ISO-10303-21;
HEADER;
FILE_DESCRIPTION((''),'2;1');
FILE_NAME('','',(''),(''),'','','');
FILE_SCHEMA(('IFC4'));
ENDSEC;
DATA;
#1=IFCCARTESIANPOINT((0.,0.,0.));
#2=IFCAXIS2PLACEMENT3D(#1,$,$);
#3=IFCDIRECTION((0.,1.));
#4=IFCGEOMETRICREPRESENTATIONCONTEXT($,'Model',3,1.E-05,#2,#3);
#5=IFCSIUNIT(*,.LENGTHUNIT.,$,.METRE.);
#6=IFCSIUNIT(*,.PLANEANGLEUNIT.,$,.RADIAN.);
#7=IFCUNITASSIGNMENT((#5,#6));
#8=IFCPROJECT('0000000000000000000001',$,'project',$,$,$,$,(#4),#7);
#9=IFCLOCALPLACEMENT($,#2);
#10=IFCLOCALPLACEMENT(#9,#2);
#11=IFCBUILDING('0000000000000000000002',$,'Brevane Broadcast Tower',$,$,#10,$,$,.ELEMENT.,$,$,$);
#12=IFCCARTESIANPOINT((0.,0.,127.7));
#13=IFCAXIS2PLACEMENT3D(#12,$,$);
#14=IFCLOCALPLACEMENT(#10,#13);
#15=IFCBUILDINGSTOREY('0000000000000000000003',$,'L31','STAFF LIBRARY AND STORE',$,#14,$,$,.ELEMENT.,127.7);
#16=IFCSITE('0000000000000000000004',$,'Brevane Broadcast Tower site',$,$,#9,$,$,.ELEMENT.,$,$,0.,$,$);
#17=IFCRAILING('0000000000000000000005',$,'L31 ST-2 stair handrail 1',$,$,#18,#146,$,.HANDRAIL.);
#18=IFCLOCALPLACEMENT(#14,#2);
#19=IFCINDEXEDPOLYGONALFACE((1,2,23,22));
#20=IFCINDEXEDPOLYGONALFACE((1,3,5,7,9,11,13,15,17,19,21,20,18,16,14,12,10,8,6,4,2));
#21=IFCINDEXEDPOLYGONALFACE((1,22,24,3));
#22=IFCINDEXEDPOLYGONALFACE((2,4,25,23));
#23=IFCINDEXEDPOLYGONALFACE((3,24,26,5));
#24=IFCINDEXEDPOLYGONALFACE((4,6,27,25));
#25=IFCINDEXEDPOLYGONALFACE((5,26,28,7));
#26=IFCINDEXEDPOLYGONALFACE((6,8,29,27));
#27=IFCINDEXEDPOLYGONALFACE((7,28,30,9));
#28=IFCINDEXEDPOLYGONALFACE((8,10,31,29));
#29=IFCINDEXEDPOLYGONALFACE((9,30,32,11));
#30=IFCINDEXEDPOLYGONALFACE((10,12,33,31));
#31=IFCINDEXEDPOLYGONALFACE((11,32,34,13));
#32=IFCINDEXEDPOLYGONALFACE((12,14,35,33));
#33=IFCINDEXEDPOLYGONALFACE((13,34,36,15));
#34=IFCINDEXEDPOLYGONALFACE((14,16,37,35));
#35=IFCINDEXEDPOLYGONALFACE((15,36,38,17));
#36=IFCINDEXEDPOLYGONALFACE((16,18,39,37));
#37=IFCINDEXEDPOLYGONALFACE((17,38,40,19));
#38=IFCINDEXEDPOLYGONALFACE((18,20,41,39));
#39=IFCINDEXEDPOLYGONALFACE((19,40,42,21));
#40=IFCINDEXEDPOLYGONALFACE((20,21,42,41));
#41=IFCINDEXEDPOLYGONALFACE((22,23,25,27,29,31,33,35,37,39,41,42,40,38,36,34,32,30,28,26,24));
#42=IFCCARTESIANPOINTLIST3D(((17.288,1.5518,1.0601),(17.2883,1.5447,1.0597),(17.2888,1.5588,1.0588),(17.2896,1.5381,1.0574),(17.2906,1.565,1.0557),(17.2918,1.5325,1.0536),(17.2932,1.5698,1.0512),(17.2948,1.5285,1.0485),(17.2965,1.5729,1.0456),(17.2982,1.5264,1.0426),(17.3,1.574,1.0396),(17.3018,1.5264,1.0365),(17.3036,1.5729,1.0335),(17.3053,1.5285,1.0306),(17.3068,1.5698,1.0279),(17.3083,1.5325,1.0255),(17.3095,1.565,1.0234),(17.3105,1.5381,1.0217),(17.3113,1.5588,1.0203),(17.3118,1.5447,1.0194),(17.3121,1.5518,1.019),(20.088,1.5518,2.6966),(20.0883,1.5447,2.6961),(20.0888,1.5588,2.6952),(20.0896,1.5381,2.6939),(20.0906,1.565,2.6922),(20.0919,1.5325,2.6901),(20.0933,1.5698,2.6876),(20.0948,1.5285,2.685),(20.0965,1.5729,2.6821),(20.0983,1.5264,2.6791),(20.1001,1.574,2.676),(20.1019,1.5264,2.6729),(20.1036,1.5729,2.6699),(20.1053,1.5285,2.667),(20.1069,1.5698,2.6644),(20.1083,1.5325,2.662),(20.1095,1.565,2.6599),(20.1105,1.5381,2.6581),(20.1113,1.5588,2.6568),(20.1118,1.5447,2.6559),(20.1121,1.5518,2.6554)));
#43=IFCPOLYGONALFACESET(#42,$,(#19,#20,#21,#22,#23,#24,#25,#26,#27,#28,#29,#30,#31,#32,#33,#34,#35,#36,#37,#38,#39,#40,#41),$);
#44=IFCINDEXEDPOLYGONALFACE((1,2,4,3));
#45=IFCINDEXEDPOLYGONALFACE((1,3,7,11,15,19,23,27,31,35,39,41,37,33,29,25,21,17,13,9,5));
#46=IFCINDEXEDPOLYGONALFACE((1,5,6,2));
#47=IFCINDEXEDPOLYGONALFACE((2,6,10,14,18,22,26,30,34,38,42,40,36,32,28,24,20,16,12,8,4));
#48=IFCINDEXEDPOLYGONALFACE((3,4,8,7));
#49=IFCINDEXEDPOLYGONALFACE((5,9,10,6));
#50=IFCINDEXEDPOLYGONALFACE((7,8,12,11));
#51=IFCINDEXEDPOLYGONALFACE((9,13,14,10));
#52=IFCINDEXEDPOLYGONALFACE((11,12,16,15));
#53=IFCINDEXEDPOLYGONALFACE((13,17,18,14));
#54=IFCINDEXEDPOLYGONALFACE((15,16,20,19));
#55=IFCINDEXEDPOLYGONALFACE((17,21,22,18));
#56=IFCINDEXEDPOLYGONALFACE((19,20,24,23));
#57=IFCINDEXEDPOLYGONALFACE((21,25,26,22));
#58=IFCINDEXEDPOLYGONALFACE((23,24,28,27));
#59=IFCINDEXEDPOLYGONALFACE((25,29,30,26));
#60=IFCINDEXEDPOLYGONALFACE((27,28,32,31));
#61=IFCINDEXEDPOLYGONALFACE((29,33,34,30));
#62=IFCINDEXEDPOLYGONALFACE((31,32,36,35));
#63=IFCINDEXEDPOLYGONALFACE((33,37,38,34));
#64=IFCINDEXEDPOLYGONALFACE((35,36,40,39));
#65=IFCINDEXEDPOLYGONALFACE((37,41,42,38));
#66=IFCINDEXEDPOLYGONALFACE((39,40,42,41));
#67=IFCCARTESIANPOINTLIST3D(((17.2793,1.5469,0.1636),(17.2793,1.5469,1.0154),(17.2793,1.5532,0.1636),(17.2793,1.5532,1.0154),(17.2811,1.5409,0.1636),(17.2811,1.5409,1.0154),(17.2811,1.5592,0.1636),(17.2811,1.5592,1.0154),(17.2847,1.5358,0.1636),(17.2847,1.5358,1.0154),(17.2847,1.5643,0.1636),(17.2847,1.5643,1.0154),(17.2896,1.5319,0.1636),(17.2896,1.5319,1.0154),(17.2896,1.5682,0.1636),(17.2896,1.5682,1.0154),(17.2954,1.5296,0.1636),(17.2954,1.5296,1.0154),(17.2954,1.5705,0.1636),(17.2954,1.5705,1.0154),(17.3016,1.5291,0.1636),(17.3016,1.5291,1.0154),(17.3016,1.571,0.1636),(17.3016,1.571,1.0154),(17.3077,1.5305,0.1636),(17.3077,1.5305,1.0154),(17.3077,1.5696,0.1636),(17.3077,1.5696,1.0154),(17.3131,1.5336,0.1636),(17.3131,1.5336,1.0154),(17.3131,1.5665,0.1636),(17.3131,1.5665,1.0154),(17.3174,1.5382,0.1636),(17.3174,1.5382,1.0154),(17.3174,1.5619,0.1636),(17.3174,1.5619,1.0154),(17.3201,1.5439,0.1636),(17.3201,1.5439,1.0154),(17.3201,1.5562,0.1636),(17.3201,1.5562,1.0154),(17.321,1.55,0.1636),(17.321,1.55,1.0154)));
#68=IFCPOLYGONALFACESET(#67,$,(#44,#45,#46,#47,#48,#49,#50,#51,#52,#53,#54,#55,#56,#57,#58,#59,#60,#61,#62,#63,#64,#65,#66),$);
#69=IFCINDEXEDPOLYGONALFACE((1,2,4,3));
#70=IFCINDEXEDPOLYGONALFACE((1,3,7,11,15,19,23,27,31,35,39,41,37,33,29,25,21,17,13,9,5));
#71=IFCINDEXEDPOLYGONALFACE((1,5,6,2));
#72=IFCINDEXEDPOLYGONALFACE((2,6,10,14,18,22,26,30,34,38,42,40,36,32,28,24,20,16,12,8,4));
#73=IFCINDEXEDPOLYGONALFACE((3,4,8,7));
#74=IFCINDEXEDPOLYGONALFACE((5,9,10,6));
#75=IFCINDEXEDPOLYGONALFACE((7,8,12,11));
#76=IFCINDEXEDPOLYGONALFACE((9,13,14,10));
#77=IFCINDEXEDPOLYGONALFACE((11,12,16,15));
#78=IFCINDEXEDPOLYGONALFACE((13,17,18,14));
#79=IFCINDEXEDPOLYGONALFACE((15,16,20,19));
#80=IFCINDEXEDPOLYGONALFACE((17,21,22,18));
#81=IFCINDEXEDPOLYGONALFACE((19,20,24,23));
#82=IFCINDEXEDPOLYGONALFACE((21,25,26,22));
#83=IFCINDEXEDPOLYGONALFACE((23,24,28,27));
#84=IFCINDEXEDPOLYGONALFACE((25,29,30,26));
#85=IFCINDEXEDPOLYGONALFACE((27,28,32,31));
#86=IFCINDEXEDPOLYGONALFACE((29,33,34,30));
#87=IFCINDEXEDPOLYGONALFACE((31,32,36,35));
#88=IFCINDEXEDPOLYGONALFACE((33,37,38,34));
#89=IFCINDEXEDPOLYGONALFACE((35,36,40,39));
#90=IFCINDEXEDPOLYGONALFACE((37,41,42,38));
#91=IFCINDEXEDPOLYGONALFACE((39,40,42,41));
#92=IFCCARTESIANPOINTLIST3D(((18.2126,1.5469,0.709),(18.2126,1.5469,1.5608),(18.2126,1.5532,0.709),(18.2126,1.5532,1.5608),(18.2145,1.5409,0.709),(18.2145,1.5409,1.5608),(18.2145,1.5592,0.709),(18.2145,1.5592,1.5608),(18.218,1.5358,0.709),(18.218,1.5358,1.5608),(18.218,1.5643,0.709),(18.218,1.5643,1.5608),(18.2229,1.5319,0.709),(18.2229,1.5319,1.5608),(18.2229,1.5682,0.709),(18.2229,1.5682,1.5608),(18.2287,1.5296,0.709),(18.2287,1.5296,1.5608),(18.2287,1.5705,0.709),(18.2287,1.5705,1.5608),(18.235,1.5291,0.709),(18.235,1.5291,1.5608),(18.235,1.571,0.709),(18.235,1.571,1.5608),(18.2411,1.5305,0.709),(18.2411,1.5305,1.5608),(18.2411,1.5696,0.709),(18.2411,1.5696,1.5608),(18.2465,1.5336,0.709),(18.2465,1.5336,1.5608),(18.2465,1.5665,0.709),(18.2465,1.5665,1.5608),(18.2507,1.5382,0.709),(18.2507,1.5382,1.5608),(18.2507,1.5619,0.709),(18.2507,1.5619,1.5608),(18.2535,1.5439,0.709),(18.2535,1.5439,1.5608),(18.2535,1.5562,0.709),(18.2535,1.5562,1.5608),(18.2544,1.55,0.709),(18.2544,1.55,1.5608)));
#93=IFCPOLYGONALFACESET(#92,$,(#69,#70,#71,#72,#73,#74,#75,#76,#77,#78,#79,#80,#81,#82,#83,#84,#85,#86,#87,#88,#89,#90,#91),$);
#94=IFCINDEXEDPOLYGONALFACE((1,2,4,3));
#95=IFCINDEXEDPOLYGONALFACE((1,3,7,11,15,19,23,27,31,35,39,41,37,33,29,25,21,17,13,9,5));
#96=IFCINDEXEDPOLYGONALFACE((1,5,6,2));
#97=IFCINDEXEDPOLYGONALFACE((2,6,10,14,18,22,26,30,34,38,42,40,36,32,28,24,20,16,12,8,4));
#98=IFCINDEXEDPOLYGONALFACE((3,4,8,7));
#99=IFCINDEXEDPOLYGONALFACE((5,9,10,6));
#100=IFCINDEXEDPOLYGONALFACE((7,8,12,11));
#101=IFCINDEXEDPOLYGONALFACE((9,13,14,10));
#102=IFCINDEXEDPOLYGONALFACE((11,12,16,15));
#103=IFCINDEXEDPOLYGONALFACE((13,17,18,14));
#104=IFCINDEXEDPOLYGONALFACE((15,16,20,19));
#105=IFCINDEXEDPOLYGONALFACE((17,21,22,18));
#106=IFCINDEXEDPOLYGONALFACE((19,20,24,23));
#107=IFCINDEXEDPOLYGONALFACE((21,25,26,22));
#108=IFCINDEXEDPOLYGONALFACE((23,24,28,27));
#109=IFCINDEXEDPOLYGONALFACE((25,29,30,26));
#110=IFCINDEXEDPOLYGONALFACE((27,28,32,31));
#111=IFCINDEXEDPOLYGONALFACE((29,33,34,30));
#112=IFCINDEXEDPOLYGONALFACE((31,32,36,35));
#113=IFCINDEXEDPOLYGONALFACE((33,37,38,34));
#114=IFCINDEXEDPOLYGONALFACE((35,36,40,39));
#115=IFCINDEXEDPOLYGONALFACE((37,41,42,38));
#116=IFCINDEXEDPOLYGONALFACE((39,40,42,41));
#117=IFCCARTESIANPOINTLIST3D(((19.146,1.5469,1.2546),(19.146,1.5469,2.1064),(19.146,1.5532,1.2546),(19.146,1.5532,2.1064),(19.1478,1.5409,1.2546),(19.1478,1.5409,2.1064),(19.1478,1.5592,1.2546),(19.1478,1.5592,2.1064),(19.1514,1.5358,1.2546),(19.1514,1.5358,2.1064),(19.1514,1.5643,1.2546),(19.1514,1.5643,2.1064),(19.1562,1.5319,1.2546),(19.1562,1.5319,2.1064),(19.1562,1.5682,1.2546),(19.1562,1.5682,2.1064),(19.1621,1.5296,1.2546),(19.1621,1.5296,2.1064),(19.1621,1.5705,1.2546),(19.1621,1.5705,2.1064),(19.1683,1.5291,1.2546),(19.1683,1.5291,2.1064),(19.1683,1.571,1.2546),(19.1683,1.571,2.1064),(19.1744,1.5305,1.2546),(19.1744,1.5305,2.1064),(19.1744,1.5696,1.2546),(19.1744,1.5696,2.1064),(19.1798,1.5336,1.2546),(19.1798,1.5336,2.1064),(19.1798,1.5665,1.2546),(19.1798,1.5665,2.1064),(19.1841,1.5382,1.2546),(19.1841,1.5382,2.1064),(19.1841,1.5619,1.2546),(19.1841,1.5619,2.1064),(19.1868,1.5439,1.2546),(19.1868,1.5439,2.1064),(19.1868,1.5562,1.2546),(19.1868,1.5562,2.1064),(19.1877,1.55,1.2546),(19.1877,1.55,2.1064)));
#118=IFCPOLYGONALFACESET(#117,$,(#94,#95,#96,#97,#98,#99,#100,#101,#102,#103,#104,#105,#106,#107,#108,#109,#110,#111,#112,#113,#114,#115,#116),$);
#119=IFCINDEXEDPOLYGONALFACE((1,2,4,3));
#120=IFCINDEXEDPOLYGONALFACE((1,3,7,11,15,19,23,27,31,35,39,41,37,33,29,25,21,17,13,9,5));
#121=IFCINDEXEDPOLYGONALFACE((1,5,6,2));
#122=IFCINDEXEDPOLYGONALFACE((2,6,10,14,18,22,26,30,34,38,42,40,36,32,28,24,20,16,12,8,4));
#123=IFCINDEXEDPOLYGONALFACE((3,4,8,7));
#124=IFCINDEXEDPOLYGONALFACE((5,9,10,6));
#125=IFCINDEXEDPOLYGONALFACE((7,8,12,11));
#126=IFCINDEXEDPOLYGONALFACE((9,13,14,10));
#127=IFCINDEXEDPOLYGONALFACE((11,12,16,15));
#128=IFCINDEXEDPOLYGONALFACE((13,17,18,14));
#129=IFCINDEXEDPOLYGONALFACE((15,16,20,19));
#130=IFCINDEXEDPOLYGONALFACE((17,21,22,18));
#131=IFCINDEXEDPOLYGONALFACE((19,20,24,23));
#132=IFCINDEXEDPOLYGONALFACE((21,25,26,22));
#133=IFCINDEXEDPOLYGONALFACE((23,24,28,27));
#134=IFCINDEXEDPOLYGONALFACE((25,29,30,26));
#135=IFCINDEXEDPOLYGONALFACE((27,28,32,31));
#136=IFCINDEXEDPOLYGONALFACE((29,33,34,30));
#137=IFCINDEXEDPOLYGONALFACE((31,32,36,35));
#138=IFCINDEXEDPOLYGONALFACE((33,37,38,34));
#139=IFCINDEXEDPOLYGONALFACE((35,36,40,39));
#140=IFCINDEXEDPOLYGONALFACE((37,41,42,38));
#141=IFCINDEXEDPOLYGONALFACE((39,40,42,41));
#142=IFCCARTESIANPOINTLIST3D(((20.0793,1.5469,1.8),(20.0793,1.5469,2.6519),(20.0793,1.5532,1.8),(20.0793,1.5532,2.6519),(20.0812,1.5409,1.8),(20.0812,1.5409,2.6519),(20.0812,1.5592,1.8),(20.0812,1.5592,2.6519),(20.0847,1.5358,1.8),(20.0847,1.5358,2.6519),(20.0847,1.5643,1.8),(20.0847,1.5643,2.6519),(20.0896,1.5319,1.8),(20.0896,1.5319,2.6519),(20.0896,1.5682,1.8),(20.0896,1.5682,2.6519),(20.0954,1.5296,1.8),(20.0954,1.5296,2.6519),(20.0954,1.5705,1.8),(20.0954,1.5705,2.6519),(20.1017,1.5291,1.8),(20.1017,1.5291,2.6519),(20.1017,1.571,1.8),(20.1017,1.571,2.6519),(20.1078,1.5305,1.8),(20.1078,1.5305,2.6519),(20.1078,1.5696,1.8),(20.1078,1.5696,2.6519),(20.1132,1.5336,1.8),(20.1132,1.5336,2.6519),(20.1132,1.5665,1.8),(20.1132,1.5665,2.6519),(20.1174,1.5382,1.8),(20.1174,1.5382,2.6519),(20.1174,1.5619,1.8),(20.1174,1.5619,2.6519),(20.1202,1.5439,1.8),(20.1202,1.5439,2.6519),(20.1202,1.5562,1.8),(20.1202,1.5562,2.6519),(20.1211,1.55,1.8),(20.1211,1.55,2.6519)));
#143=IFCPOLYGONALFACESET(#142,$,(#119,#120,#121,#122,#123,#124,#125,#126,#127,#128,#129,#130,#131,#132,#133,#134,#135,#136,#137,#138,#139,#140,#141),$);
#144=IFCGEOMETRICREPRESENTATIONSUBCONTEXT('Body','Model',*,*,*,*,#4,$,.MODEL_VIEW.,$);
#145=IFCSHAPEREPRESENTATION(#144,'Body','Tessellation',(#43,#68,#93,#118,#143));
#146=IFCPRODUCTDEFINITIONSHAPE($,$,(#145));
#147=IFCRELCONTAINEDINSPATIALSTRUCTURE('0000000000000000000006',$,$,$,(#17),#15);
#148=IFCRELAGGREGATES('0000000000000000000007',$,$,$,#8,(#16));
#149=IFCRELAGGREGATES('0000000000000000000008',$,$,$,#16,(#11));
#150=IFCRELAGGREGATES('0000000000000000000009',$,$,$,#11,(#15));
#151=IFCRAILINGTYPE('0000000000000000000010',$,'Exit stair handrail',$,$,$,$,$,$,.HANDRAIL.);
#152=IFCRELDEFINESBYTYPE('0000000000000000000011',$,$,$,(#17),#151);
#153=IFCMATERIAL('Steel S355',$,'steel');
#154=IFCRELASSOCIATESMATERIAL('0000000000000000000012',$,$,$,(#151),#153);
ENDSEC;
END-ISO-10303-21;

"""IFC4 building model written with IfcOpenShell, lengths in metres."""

from ifc_helpers import new_model, si_unit, direction, frame, origin, origin_2d, place, context, subcontext, project, spatial, circle, extrude, material, type_object, element, save


model = new_model("IFC4")

# Units and contexts
model_context = context("Model", 3, precision=1e-05, world=origin(), true_north=direction((0.0, 1.0)))
body_context = subcontext(model_context, "Body", "Model", "MODEL_VIEW")
ifc_project = project(units=[si_unit("LENGTHUNIT", "METRE"), si_unit("PLANEANGLEUNIT", "RADIAN")], contexts=[model_context])

# Site, building, storey
site_placement = place(None, origin())
site = spatial("IfcSite", under=ifc_project, at=site_placement, Name="Brevane Broadcast Tower site", CompositionType="ELEMENT", RefElevation=0.0)
building_placement = place(site_placement, origin())
building = spatial("IfcBuilding", under=site, at=building_placement, Name="Brevane Broadcast Tower", CompositionType="ELEMENT")
storey_placement = place(building_placement, frame((0.0, 0.0, 127.7)))
storey = spatial("IfcBuildingStorey", under=building, at=storey_placement, Name="L31", Description="STAFF LIBRARY AND STORE", CompositionType="ELEMENT", Elevation=127.7)

# Railing
ifc_material_1 = material(Name="Steel S355", Category="steel")
railing_type_1 = type_object("IfcRailingType", Name="Exit stair handrail", PredefinedType="HANDRAIL", material=ifc_material_1)
railing_1_placement = place(storey_placement, frame((17.3, 1.55, 0.1636)))
element("IfcRailing", 1, at=railing_1_placement, inside=storey, type_object=railing_type_1, Name="L31 ST-2 stair handrail 1", PredefinedType="HANDRAIL", context=body_context, shape_type="SweptSolid", body=[
    extrude(circle(Radius=0.0239, at=origin_2d()), frame((0.0, 0.0, 0.876), z_axis=(0.863361, 0.0, 0.504587), x_axis=(0.0, 1.0, 0.0)), (0.0, 0.0, 1.0), 3.2432),
    extrude(circle(Radius=0.021, at=origin_2d()), origin(), (0.0, 0.0, 1.0), 0.8518),
    extrude(circle(Radius=0.021, at=origin_2d()), frame((0.9333, 0.0, 0.5454)), (0.0, 0.0, 1.0), 0.8518),
    extrude(circle(Radius=0.021, at=origin_2d()), frame((1.8667, 0.0, 1.0911)), (0.0, 0.0, 1.0), 0.8518),
    extrude(circle(Radius=0.021, at=origin_2d()), frame((2.8, 0.0, 1.6365)), (0.0, 0.0, 1.0), 0.8518),
])

save(model, "model.ifc")
